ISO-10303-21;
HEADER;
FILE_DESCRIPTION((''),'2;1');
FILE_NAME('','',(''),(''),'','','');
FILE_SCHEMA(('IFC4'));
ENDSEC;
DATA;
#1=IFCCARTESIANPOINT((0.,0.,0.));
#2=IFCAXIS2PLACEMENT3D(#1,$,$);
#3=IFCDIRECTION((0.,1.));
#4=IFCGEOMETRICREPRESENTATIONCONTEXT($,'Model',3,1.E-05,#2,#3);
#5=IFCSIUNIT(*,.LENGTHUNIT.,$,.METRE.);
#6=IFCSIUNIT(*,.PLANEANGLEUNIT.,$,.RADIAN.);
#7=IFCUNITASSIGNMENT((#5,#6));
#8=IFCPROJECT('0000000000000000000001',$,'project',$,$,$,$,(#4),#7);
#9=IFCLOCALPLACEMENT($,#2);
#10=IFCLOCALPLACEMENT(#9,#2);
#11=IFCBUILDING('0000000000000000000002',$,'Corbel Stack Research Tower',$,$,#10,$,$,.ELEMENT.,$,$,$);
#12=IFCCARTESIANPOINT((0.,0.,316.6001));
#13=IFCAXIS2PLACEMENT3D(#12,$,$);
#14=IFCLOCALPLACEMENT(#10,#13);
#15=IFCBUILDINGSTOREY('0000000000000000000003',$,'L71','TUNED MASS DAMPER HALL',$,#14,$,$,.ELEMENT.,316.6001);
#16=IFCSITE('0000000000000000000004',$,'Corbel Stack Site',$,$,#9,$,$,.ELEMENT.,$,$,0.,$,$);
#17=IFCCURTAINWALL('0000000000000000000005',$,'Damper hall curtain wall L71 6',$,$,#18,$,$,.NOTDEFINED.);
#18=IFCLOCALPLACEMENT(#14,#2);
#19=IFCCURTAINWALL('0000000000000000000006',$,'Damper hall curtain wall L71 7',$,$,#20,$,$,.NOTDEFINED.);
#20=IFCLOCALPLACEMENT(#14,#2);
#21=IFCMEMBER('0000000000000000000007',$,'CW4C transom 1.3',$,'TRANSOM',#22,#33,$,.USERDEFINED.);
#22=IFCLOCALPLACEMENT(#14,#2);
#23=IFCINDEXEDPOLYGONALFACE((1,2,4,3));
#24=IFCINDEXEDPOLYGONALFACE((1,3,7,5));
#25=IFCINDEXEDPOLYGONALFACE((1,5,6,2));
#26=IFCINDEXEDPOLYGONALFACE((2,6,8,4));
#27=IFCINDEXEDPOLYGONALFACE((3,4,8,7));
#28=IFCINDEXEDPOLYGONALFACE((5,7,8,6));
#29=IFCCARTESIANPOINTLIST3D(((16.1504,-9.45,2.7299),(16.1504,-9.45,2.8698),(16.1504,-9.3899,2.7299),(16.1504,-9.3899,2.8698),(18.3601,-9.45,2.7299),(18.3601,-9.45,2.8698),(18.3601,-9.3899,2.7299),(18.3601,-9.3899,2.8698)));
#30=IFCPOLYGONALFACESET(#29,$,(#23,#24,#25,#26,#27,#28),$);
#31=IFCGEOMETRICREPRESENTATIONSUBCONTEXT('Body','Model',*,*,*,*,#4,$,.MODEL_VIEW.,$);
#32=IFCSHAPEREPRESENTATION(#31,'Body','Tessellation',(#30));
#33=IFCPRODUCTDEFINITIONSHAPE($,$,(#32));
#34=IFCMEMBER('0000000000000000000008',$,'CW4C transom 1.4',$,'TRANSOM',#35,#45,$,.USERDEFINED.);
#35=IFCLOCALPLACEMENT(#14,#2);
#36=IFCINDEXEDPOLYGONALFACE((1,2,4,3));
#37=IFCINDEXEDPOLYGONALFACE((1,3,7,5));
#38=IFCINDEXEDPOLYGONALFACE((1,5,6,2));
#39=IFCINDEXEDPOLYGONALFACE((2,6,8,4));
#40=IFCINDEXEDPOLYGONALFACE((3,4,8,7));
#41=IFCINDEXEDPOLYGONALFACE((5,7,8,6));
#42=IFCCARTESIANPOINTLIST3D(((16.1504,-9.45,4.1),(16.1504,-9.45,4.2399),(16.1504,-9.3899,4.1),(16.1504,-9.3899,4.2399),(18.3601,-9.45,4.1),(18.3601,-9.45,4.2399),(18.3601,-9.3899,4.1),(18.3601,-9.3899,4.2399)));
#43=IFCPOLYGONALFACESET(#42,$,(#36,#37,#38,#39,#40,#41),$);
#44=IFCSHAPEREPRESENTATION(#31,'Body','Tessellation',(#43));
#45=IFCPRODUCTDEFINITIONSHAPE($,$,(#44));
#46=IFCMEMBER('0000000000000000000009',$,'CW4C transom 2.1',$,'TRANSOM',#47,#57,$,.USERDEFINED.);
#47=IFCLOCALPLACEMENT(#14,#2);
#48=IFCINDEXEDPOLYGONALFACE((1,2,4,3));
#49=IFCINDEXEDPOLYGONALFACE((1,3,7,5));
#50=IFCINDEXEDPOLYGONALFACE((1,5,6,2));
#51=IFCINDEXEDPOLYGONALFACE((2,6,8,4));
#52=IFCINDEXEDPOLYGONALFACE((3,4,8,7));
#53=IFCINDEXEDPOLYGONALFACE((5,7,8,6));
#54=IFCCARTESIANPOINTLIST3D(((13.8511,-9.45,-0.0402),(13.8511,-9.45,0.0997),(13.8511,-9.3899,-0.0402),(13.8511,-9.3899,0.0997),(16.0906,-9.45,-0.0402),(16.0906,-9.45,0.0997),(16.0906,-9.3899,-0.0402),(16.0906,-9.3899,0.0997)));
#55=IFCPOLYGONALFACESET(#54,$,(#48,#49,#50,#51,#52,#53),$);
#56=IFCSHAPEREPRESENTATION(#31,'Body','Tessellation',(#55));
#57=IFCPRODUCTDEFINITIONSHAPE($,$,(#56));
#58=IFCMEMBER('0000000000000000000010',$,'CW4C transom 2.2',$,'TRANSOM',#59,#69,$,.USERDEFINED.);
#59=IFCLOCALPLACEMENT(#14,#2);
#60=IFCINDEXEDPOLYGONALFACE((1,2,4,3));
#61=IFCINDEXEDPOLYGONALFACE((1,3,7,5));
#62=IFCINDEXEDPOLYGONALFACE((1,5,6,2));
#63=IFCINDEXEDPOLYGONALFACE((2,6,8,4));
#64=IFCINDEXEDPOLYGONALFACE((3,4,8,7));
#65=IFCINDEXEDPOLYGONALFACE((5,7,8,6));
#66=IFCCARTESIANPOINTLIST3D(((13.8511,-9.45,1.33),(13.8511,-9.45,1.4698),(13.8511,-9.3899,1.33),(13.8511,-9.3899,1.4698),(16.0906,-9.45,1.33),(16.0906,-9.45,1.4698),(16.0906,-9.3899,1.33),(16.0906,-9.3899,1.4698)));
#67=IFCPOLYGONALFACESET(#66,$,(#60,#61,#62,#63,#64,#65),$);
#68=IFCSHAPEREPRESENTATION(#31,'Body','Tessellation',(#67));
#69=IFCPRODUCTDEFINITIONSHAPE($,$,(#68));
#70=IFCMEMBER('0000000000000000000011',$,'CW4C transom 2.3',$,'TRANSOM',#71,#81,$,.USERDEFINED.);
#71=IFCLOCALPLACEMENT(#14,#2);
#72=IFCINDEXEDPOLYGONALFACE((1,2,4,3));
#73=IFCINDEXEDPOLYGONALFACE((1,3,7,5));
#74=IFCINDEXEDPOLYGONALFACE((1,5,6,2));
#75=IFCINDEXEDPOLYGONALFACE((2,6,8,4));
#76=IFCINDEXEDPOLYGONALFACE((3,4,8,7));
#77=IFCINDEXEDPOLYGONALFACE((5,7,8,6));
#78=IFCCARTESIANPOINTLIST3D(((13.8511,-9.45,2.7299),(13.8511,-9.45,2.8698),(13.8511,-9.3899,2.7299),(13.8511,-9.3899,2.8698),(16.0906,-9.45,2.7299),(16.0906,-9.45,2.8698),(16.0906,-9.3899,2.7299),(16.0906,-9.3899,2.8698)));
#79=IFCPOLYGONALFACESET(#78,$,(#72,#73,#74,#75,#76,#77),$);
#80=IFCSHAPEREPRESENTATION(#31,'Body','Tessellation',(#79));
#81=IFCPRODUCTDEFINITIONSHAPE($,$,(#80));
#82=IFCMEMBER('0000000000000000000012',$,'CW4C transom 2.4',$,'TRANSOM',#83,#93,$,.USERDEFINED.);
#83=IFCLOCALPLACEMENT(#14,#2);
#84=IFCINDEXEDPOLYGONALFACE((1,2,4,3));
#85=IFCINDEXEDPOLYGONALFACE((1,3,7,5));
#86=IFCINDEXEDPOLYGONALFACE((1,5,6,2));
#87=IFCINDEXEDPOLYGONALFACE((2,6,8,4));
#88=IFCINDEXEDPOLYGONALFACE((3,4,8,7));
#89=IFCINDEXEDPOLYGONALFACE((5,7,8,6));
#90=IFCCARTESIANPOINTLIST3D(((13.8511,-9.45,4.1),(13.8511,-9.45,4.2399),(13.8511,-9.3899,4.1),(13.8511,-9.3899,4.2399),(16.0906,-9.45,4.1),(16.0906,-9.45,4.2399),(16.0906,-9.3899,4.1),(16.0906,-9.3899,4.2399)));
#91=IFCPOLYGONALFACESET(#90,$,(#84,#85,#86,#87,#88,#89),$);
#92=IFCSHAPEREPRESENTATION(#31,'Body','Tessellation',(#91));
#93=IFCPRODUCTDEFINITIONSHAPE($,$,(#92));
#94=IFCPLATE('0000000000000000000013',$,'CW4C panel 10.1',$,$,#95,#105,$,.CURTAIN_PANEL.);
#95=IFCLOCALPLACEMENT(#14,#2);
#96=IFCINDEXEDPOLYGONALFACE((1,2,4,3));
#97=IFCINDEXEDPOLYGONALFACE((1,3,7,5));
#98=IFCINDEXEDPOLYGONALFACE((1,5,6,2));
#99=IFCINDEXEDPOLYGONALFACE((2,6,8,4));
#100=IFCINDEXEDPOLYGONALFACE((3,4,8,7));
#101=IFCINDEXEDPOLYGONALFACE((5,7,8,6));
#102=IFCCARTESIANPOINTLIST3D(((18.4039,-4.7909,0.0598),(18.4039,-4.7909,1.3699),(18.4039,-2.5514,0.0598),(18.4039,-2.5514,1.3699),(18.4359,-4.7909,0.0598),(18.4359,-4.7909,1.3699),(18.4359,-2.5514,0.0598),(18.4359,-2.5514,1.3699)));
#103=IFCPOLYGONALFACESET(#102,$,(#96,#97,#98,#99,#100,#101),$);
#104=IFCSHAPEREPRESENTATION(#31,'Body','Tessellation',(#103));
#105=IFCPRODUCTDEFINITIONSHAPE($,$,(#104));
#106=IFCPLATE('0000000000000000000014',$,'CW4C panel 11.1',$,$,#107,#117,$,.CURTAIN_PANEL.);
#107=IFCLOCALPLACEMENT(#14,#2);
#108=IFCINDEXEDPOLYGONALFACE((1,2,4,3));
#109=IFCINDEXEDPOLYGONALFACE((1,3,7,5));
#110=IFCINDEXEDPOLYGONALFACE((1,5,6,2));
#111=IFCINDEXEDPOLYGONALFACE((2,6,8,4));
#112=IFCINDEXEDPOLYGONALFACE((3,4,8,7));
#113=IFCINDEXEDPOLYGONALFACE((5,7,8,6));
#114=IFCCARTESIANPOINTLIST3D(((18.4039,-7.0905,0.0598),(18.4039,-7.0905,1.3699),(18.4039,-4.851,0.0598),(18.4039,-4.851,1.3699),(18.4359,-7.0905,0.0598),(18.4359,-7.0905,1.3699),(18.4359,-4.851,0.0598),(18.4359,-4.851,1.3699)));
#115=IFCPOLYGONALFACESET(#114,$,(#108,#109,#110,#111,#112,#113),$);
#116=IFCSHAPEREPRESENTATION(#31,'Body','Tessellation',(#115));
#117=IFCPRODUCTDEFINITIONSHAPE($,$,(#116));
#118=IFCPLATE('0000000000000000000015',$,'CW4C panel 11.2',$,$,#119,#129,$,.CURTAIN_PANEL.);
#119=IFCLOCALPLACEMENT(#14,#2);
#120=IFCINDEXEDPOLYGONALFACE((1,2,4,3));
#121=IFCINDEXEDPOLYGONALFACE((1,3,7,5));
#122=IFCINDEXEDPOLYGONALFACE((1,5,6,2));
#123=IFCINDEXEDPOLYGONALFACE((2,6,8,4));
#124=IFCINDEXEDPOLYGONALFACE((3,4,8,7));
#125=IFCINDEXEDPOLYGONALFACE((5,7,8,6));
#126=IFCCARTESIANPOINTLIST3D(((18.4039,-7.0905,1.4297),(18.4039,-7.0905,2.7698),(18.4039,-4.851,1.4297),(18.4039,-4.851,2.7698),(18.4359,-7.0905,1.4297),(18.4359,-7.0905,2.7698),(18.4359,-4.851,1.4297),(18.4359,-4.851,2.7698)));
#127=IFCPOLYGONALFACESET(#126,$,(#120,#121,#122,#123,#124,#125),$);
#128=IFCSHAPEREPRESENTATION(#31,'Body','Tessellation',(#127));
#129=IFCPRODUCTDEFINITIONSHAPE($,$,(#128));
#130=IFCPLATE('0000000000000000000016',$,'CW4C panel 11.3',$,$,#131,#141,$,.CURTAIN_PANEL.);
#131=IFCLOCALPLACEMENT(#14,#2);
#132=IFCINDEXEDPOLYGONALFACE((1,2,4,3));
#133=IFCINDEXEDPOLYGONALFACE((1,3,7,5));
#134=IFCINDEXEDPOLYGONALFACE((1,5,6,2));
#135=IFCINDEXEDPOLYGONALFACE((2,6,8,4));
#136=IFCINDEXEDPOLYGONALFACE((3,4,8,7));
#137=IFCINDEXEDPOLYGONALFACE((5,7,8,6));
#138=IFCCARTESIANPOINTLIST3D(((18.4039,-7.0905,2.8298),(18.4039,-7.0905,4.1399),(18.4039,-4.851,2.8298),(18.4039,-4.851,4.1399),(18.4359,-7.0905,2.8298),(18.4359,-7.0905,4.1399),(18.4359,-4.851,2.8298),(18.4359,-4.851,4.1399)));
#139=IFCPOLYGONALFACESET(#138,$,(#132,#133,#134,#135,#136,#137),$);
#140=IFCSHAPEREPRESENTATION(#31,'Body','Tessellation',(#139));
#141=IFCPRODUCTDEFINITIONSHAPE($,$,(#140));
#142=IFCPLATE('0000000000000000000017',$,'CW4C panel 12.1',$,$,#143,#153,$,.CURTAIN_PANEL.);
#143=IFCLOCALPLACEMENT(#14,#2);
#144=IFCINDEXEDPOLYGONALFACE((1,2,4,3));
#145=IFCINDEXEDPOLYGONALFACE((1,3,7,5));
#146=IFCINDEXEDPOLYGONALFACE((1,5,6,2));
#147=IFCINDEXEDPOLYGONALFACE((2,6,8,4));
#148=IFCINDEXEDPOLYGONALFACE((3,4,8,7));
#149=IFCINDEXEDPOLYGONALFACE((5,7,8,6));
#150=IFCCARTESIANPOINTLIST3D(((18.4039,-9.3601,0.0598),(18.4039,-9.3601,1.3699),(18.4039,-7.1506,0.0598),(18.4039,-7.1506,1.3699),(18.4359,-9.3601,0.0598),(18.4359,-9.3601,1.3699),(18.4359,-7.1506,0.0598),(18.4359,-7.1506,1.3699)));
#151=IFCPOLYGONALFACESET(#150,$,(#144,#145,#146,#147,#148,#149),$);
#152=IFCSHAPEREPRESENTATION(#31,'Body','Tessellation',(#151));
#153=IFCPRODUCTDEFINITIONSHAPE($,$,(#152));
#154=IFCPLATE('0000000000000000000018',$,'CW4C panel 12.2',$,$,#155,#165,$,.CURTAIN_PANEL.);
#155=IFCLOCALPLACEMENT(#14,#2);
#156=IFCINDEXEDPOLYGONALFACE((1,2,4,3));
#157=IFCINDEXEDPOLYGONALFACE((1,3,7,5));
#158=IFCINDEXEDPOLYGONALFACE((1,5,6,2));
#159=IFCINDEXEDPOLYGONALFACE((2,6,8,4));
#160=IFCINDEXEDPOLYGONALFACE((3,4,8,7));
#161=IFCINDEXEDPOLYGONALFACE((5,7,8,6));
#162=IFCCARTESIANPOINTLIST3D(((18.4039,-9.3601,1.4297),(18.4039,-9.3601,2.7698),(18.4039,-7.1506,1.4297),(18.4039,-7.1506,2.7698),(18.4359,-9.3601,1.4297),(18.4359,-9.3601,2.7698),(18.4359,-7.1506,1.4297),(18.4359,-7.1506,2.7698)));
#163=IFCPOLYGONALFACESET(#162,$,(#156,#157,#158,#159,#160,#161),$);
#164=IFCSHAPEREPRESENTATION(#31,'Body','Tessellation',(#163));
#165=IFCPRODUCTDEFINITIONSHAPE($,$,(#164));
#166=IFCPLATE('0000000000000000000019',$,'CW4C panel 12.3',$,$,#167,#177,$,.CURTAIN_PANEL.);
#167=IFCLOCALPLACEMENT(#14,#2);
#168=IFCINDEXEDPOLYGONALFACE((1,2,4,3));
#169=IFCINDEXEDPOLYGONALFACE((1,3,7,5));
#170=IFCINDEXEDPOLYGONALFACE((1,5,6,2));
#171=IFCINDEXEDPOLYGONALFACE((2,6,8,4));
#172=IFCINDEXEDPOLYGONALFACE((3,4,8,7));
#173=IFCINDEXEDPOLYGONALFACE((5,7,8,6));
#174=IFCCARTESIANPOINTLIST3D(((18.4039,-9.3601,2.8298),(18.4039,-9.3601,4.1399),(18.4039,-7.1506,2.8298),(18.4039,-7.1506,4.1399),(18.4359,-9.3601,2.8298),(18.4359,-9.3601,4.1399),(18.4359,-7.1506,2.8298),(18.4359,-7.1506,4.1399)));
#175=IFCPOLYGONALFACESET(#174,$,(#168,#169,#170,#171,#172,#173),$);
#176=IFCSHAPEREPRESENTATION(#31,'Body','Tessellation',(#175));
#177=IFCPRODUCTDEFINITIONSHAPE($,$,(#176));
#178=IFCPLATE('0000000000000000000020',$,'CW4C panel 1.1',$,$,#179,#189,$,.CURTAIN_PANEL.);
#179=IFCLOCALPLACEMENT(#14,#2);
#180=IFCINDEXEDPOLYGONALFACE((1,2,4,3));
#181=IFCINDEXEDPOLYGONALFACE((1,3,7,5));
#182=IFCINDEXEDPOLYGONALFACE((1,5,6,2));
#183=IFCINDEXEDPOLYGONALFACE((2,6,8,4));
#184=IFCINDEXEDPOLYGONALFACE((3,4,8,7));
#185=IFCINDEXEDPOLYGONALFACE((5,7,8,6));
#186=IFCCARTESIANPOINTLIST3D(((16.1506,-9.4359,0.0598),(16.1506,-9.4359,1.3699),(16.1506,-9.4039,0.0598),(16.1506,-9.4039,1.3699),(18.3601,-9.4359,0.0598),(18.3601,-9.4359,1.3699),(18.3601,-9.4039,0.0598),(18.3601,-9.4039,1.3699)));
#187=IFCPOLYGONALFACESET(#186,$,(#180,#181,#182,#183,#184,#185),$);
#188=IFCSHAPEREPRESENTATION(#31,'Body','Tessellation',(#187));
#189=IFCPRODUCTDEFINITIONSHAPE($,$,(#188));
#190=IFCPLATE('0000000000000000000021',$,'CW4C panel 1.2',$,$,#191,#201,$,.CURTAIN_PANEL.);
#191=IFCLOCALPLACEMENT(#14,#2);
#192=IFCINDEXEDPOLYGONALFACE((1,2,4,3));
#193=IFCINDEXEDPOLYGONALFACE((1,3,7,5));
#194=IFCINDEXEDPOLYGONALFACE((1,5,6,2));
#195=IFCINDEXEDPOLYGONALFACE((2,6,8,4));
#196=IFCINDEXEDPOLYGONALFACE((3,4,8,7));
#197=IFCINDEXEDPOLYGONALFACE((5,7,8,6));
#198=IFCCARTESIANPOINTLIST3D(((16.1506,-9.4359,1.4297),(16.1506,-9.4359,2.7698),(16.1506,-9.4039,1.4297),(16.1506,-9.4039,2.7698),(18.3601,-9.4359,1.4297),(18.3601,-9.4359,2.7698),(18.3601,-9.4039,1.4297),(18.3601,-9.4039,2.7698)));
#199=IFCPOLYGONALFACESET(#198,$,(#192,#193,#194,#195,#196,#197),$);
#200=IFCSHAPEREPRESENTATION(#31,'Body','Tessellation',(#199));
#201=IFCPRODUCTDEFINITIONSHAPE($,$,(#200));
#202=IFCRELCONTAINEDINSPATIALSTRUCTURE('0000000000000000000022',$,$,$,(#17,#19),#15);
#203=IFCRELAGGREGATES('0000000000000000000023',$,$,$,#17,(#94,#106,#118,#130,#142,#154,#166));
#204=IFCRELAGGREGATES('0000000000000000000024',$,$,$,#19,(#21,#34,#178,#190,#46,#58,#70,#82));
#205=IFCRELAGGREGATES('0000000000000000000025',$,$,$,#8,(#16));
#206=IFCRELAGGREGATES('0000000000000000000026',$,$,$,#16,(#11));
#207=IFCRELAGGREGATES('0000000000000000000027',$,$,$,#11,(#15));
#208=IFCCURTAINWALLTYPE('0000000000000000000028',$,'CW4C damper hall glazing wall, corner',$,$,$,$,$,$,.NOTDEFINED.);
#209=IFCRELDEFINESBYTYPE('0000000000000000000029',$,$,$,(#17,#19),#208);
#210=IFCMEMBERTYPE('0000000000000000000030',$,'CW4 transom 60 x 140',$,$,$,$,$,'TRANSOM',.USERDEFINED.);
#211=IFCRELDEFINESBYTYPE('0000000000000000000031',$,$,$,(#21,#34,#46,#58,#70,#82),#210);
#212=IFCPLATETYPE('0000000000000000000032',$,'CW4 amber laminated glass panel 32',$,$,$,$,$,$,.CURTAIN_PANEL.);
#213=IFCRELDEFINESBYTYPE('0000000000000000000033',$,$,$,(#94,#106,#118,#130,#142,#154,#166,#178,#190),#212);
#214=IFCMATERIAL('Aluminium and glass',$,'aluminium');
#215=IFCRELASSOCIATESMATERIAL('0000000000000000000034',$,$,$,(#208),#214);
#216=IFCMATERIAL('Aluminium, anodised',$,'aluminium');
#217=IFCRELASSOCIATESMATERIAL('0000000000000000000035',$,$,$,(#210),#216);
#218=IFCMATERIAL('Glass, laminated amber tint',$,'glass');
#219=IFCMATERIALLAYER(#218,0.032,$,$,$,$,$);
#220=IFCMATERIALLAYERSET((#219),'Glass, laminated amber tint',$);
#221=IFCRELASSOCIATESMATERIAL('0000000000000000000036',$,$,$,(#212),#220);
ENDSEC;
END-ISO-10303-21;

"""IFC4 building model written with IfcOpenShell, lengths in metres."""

from ifc_helpers import new_model, si_unit, direction, frame, origin, origin_2d, place, context, subcontext, project, spatial, rectangle, extrude, material, layer, layer_set, material_profile, profile_set, type_object, element, aggregate, save


model = new_model("IFC4")

# Units and contexts
model_context = context("Model", 3, precision=1e-05, world=origin(), true_north=direction((0.0, 1.0)))
body_context = subcontext(model_context, "Body", "Model", "MODEL_VIEW")
ifc_project = project(units=[si_unit("LENGTHUNIT", "METRE"), si_unit("PLANEANGLEUNIT", "RADIAN")], contexts=[model_context])

# Site, building, storey
site_placement = place(None, origin())
site = spatial("IfcSite", under=ifc_project, at=site_placement, Name="Corbel Stack Site", CompositionType="ELEMENT", RefElevation=0.0)
building_placement = place(site_placement, origin())
building = spatial("IfcBuilding", under=site, at=building_placement, Name="Corbel Stack Research Tower", CompositionType="ELEMENT")
storey_placement = place(building_placement, frame((0.0, 0.0, 316.6001)))
storey = spatial("IfcBuildingStorey", under=building, at=storey_placement, Name="L71", Description="TUNED MASS DAMPER HALL", CompositionType="ELEMENT", Elevation=316.6001)

# Curtain walls
ifc_material_1 = material(Name="Aluminium and glass", Category="aluminium")
curtain_wall_type = type_object("IfcCurtainWallType", Name="CW4C damper hall glazing wall, corner", PredefinedType="NOTDEFINED", material=ifc_material_1)
curtain_wall_1_placement = place(storey_placement, origin())
curtain_wall_1 = element("IfcCurtainWall", 1, at=curtain_wall_1_placement, inside=storey, type_object=curtain_wall_type, Name="Damper hall curtain wall L71 6", PredefinedType="NOTDEFINED")
curtain_wall_2_placement = place(storey_placement, origin())
curtain_wall_2 = element("IfcCurtainWall", 2, at=curtain_wall_2_placement, inside=storey, type_object=curtain_wall_type, Name="Damper hall curtain wall L71 7", PredefinedType="NOTDEFINED")

# Members
ifc_material_2 = material(Name="Aluminium, anodised", Category="aluminium")
ifc_material_profile_1 = material_profile(ifc_material_2, rectangle(XDim=0.0601, YDim=0.1399, at=origin_2d()), Name="CW4 transom 60 x 140")
ifc_profile_set_1 = profile_set([ifc_material_profile_1], Name="Aluminium, anodised")
member_type_1 = type_object("IfcMemberType", Name="CW4 transom 60 x 140", ElementType="TRANSOM", PredefinedType="USERDEFINED", material=ifc_profile_set_1)
member_1_placement = place(storey_placement, frame((18.3601, -9.4199, 2.7998), z_axis=(-1.0, 0.0, 0.0), x_axis=(0.0, -1.0, 0.0)))
member_1 = element("IfcMember", 3, at=member_1_placement, type_object=member_type_1, Name="CW4C transom 1.3", ObjectType="TRANSOM", PredefinedType="USERDEFINED", context=body_context, shape_type="SweptSolid", body=[
    extrude(rectangle(XDim=0.0601, YDim=0.1399, at=origin_2d()), origin(), (0.0, 0.0, 1.0), 2.2097),
])
member_2_placement = place(storey_placement, frame((18.3601, -9.4199, 4.1699), z_axis=(-1.0, 0.0, 0.0), x_axis=(0.0, -1.0, 0.0)))
member_2 = element("IfcMember", 4, at=member_2_placement, type_object=member_type_1, Name="CW4C transom 1.4", ObjectType="TRANSOM", PredefinedType="USERDEFINED", context=body_context, shape_type="SweptSolid", body=[
    extrude(rectangle(XDim=0.0601, YDim=0.1399, at=origin_2d()), origin(), (0.0, 0.0, 1.0), 2.2097),
])
member_3_placement = place(storey_placement, frame((16.0906, -9.4199, 0.0298), z_axis=(-1.0, 0.0, 0.0), x_axis=(0.0, -1.0, 0.0)))
member_3 = element("IfcMember", 5, at=member_3_placement, type_object=member_type_1, Name="CW4C transom 2.1", ObjectType="TRANSOM", PredefinedType="USERDEFINED", context=body_context, shape_type="SweptSolid", body=[
    extrude(rectangle(XDim=0.0601, YDim=0.1399, at=origin_2d()), origin(), (0.0, 0.0, 1.0), 2.2395),
])
member_4_placement = place(storey_placement, frame((16.0906, -9.4199, 1.3999), z_axis=(-1.0, 0.0, 0.0), x_axis=(0.0, -1.0, 0.0)))
member_4 = element("IfcMember", 6, at=member_4_placement, type_object=member_type_1, Name="CW4C transom 2.2", ObjectType="TRANSOM", PredefinedType="USERDEFINED", context=body_context, shape_type="SweptSolid", body=[
    extrude(rectangle(XDim=0.0601, YDim=0.1399, at=origin_2d()), origin(), (0.0, 0.0, 1.0), 2.2395),
])
member_5_placement = place(storey_placement, frame((16.0906, -9.4199, 2.7998), z_axis=(-1.0, 0.0, 0.0), x_axis=(0.0, -1.0, 0.0)))
member_5 = element("IfcMember", 7, at=member_5_placement, type_object=member_type_1, Name="CW4C transom 2.3", ObjectType="TRANSOM", PredefinedType="USERDEFINED", context=body_context, shape_type="SweptSolid", body=[
    extrude(rectangle(XDim=0.0601, YDim=0.1399, at=origin_2d()), origin(), (0.0, 0.0, 1.0), 2.2395),
])
member_6_placement = place(storey_placement, frame((16.0906, -9.4199, 4.1699), z_axis=(-1.0, 0.0, 0.0), x_axis=(0.0, -1.0, 0.0)))
member_6 = element("IfcMember", 8, at=member_6_placement, type_object=member_type_1, Name="CW4C transom 2.4", ObjectType="TRANSOM", PredefinedType="USERDEFINED", context=body_context, shape_type="SweptSolid", body=[
    extrude(rectangle(XDim=0.0601, YDim=0.1399, at=origin_2d()), origin(), (0.0, 0.0, 1.0), 2.2395),
])

# Plates
ifc_material_3 = material(Name="Glass, laminated amber tint", Category="glass")
ifc_layer_1 = layer(ifc_material_3, 0.032)
ifc_layer_set_1 = layer_set([ifc_layer_1], Name="Glass, laminated amber tint")
plate_type = type_object("IfcPlateType", Name="CW4 amber laminated glass panel 32", PredefinedType="CURTAIN_PANEL", material=ifc_layer_set_1)
plate_1_placement = place(storey_placement, frame((18.4199, -3.6711, 0.0598), z_axis=(0.0, 0.0, 1.0), x_axis=(0.0, -1.0, 0.0)))
plate_1 = element("IfcPlate", 9, at=plate_1_placement, type_object=plate_type, Name="CW4C panel 10.1", PredefinedType="CURTAIN_PANEL", context=body_context, shape_type="SweptSolid", body=[
    extrude(rectangle(XDim=2.2395, YDim=0.032, at=origin_2d()), origin(), (0.0, 0.0, 1.0), 1.3101),
])
plate_2_placement = place(storey_placement, frame((18.4199, -5.9707, 0.0598), z_axis=(0.0, 0.0, 1.0), x_axis=(0.0, -1.0, 0.0)))
plate_2 = element("IfcPlate", 10, at=plate_2_placement, type_object=plate_type, Name="CW4C panel 11.1", PredefinedType="CURTAIN_PANEL", context=body_context, shape_type="SweptSolid", body=[
    extrude(rectangle(XDim=2.2395, YDim=0.032, at=origin_2d()), origin(), (0.0, 0.0, 1.0), 1.3101),
])
plate_3_placement = place(storey_placement, frame((18.4199, -5.9707, 1.4297), z_axis=(0.0, 0.0, 1.0), x_axis=(0.0, -1.0, 0.0)))
plate_3 = element("IfcPlate", 11, at=plate_3_placement, type_object=plate_type, Name="CW4C panel 11.2", PredefinedType="CURTAIN_PANEL", context=body_context, shape_type="SweptSolid", body=[
    extrude(rectangle(XDim=2.2395, YDim=0.032, at=origin_2d()), origin(), (0.0, 0.0, 1.0), 1.3401),
])
plate_4_placement = place(storey_placement, frame((18.4199, -5.9707, 2.8298), z_axis=(0.0, 0.0, 1.0), x_axis=(0.0, -1.0, 0.0)))
plate_4 = element("IfcPlate", 12, at=plate_4_placement, type_object=plate_type, Name="CW4C panel 11.3", PredefinedType="CURTAIN_PANEL", context=body_context, shape_type="SweptSolid", body=[
    extrude(rectangle(XDim=2.2395, YDim=0.032, at=origin_2d()), origin(), (0.0, 0.0, 1.0), 1.3101),
])
plate_5_placement = place(storey_placement, frame((18.4199, -8.2554, 0.0598), z_axis=(0.0, 0.0, 1.0), x_axis=(0.0, -1.0, 0.0)))
plate_5 = element("IfcPlate", 13, at=plate_5_placement, type_object=plate_type, Name="CW4C panel 12.1", PredefinedType="CURTAIN_PANEL", context=body_context, shape_type="SweptSolid", body=[
    extrude(rectangle(XDim=2.2095, YDim=0.032, at=origin_2d()), origin(), (0.0, 0.0, 1.0), 1.3101),
])
plate_6_placement = place(storey_placement, frame((18.4199, -8.2554, 1.4297), z_axis=(0.0, 0.0, 1.0), x_axis=(0.0, -1.0, 0.0)))
plate_6 = element("IfcPlate", 14, at=plate_6_placement, type_object=plate_type, Name="CW4C panel 12.2", PredefinedType="CURTAIN_PANEL", context=body_context, shape_type="SweptSolid", body=[
    extrude(rectangle(XDim=2.2095, YDim=0.032, at=origin_2d()), origin(), (0.0, 0.0, 1.0), 1.3401),
])
plate_7_placement = place(storey_placement, frame((18.4199, -8.2554, 2.8298), z_axis=(0.0, 0.0, 1.0), x_axis=(0.0, -1.0, 0.0)))
plate_7 = element("IfcPlate", 15, at=plate_7_placement, type_object=plate_type, Name="CW4C panel 12.3", PredefinedType="CURTAIN_PANEL", context=body_context, shape_type="SweptSolid", body=[
    extrude(rectangle(XDim=2.2095, YDim=0.032, at=origin_2d()), origin(), (0.0, 0.0, 1.0), 1.3101),
])
aggregate(curtain_wall_1, [plate_1, plate_2, plate_3, plate_4, plate_5, plate_6, plate_7])
plate_8_placement = place(storey_placement, frame((17.2554, -9.4199, 0.0598), z_axis=(0.0, 0.0, 1.0), x_axis=(-1.0, 0.0, 0.0)))
plate_8 = element("IfcPlate", 16, at=plate_8_placement, type_object=plate_type, Name="CW4C panel 1.1", PredefinedType="CURTAIN_PANEL", context=body_context, shape_type="SweptSolid", body=[
    extrude(rectangle(XDim=2.2095, YDim=0.032, at=origin_2d()), origin(), (0.0, 0.0, 1.0), 1.3101),
])
plate_9_placement = place(storey_placement, frame((17.2554, -9.4199, 1.4297), z_axis=(0.0, 0.0, 1.0), x_axis=(-1.0, 0.0, 0.0)))
plate_9 = element("IfcPlate", 17, at=plate_9_placement, type_object=plate_type, Name="CW4C panel 1.2", PredefinedType="CURTAIN_PANEL", context=body_context, shape_type="SweptSolid", body=[
    extrude(rectangle(XDim=2.2095, YDim=0.032, at=origin_2d()), origin(), (0.0, 0.0, 1.0), 1.3401),
])
aggregate(curtain_wall_2, [member_1, member_2, plate_8, plate_9, member_3, member_4, member_5, member_6])

save(model, "model.ifc")
